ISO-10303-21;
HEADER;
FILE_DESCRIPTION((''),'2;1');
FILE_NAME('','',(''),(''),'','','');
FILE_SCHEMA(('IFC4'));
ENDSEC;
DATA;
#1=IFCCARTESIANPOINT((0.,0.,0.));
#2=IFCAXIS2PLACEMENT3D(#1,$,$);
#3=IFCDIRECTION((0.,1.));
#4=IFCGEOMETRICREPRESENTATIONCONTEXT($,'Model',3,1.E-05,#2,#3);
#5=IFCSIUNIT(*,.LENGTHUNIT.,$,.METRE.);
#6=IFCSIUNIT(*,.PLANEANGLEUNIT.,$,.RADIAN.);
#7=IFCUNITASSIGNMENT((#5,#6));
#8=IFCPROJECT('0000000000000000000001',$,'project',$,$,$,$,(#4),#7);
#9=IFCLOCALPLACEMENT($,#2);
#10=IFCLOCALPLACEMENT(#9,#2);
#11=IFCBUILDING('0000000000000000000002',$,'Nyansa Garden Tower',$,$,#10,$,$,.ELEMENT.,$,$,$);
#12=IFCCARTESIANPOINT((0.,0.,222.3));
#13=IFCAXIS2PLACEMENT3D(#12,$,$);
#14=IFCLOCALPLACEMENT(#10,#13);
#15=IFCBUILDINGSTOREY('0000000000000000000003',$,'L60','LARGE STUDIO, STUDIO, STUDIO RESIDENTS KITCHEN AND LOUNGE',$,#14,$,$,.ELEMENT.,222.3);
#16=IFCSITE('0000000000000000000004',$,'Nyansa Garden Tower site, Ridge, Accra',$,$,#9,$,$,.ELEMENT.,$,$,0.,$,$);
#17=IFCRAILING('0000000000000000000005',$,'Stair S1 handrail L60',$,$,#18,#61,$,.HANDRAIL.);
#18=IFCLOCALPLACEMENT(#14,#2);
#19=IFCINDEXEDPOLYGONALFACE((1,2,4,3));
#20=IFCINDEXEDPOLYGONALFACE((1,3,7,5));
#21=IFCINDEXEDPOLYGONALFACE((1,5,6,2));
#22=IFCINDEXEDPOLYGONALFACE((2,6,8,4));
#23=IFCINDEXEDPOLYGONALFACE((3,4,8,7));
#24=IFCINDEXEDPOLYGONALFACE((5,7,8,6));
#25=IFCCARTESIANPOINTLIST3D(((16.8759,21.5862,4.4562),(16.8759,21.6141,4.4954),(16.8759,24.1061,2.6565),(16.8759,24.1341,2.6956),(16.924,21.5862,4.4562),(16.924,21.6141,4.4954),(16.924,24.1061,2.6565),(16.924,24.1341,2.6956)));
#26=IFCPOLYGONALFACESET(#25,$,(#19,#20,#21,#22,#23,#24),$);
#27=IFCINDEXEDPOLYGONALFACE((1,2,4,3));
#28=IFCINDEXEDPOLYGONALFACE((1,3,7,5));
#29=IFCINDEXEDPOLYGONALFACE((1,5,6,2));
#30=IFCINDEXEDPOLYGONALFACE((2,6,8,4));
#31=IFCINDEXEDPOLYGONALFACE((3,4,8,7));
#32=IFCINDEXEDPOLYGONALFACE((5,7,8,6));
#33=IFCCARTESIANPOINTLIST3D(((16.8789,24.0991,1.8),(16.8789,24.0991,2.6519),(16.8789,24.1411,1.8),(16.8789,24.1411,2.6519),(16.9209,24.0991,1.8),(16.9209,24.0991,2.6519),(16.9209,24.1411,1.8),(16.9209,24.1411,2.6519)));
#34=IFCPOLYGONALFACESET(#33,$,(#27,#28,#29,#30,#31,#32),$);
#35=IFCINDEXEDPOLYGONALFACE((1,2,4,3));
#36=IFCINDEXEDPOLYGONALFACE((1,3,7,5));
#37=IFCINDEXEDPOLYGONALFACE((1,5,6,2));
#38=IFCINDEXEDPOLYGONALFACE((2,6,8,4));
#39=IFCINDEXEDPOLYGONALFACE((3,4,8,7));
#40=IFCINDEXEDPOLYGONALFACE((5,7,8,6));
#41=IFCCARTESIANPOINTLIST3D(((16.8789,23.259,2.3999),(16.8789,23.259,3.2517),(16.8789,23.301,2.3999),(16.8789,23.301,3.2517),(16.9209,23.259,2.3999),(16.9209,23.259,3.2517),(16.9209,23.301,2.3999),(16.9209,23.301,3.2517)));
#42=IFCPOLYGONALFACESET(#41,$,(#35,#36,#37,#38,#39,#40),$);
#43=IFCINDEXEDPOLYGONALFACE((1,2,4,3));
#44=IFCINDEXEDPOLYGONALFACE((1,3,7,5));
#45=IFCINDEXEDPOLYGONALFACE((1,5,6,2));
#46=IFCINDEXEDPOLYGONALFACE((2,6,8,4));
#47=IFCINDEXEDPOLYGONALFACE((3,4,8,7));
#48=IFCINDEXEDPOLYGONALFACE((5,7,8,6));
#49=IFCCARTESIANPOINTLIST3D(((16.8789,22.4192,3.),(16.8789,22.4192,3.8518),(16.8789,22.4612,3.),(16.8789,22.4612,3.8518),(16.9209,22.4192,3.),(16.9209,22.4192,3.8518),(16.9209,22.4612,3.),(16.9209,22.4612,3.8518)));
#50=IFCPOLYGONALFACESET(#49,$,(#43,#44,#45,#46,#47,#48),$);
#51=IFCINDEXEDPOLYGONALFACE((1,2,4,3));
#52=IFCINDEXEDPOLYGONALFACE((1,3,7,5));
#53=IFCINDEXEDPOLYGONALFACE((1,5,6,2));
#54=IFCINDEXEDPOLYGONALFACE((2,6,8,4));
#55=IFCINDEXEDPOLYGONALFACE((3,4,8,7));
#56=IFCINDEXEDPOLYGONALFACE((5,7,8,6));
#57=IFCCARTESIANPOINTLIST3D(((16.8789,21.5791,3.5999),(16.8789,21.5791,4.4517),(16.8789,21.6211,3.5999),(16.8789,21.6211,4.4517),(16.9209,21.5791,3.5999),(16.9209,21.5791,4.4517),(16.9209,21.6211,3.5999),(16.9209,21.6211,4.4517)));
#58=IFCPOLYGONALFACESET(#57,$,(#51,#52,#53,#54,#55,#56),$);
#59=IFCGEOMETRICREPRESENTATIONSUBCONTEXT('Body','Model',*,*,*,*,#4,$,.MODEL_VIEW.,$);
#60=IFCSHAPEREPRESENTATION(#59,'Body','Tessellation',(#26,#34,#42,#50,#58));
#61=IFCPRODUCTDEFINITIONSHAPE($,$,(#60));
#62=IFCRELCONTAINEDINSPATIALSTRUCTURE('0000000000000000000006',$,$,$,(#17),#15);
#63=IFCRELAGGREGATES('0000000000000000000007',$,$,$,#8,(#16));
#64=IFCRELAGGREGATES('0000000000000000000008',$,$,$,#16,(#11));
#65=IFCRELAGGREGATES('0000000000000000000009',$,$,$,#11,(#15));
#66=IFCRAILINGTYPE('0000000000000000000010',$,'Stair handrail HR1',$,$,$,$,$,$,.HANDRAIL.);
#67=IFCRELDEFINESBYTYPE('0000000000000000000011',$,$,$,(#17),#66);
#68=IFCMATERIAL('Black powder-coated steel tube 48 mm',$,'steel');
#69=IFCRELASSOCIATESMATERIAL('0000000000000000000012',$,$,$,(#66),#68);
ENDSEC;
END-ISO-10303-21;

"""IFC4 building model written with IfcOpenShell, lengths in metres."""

from ifc_helpers import new_model, si_unit, direction, frame, origin, origin_2d, place, context, subcontext, project, spatial, rectangle, extrude, material, type_object, element, save


model = new_model("IFC4")

# Units and contexts
model_context = context("Model", 3, precision=1e-05, world=origin(), true_north=direction((0.0, 1.0)))
body_context = subcontext(model_context, "Body", "Model", "MODEL_VIEW")
ifc_project = project(units=[si_unit("LENGTHUNIT", "METRE"), si_unit("PLANEANGLEUNIT", "RADIAN")], contexts=[model_context])

# Site, building, storey
site_placement = place(None, origin())
site = spatial("IfcSite", under=ifc_project, at=site_placement, Name="Nyansa Garden Tower site, Ridge, Accra", CompositionType="ELEMENT", RefElevation=0.0)
building_placement = place(site_placement, origin())
building = spatial("IfcBuilding", under=site, at=building_placement, Name="Nyansa Garden Tower", CompositionType="ELEMENT")
storey_placement = place(building_placement, frame((0.0, 0.0, 222.3)))
storey = spatial("IfcBuildingStorey", under=building, at=storey_placement, Name="L60", Description="LARGE STUDIO, STUDIO, STUDIO RESIDENTS KITCHEN AND LOUNGE", CompositionType="ELEMENT", Elevation=222.3)

# Railing
ifc_material_1 = material(Name="Black powder-coated steel tube 48 mm", Category="steel")
railing_type = type_object("IfcRailingType", Name="Stair handrail HR1", PredefinedType="HANDRAIL", material=ifc_material_1)
railing_1_placement = place(storey_placement, frame((16.8999, 24.1201, 1.8)))
element("IfcRailing", 1, at=railing_1_placement, inside=storey, type_object=railing_type, Name="Stair S1 handrail L60", PredefinedType="HANDRAIL", context=body_context, shape_type="SweptSolid", body=[
    extrude(rectangle(XDim=0.0481, YDim=0.0481, at=origin_2d()), frame((0.0, 0.0, 0.876), z_axis=(0.0, -0.813765, 0.581193), x_axis=(1.0, 0.0, 0.0)), (0.0, 0.0, 1.0), 3.0967),
    extrude(rectangle(XDim=0.042, YDim=0.042, at=origin_2d()), origin(), (0.0, 0.0, 1.0), 0.8518),
    extrude(rectangle(XDim=0.042, YDim=0.042, at=origin_2d()), frame((0.0, -0.8401, 0.5999)), (0.0, 0.0, 1.0), 0.8518),
    extrude(rectangle(XDim=0.042, YDim=0.042, at=origin_2d()), frame((0.0, -1.6799, 1.2)), (0.0, 0.0, 1.0), 0.8518),
    extrude(rectangle(XDim=0.042, YDim=0.042, at=origin_2d()), frame((0.0, -2.52, 1.7998)), (0.0, 0.0, 1.0), 0.8518),
])

save(model, "model.ifc")
